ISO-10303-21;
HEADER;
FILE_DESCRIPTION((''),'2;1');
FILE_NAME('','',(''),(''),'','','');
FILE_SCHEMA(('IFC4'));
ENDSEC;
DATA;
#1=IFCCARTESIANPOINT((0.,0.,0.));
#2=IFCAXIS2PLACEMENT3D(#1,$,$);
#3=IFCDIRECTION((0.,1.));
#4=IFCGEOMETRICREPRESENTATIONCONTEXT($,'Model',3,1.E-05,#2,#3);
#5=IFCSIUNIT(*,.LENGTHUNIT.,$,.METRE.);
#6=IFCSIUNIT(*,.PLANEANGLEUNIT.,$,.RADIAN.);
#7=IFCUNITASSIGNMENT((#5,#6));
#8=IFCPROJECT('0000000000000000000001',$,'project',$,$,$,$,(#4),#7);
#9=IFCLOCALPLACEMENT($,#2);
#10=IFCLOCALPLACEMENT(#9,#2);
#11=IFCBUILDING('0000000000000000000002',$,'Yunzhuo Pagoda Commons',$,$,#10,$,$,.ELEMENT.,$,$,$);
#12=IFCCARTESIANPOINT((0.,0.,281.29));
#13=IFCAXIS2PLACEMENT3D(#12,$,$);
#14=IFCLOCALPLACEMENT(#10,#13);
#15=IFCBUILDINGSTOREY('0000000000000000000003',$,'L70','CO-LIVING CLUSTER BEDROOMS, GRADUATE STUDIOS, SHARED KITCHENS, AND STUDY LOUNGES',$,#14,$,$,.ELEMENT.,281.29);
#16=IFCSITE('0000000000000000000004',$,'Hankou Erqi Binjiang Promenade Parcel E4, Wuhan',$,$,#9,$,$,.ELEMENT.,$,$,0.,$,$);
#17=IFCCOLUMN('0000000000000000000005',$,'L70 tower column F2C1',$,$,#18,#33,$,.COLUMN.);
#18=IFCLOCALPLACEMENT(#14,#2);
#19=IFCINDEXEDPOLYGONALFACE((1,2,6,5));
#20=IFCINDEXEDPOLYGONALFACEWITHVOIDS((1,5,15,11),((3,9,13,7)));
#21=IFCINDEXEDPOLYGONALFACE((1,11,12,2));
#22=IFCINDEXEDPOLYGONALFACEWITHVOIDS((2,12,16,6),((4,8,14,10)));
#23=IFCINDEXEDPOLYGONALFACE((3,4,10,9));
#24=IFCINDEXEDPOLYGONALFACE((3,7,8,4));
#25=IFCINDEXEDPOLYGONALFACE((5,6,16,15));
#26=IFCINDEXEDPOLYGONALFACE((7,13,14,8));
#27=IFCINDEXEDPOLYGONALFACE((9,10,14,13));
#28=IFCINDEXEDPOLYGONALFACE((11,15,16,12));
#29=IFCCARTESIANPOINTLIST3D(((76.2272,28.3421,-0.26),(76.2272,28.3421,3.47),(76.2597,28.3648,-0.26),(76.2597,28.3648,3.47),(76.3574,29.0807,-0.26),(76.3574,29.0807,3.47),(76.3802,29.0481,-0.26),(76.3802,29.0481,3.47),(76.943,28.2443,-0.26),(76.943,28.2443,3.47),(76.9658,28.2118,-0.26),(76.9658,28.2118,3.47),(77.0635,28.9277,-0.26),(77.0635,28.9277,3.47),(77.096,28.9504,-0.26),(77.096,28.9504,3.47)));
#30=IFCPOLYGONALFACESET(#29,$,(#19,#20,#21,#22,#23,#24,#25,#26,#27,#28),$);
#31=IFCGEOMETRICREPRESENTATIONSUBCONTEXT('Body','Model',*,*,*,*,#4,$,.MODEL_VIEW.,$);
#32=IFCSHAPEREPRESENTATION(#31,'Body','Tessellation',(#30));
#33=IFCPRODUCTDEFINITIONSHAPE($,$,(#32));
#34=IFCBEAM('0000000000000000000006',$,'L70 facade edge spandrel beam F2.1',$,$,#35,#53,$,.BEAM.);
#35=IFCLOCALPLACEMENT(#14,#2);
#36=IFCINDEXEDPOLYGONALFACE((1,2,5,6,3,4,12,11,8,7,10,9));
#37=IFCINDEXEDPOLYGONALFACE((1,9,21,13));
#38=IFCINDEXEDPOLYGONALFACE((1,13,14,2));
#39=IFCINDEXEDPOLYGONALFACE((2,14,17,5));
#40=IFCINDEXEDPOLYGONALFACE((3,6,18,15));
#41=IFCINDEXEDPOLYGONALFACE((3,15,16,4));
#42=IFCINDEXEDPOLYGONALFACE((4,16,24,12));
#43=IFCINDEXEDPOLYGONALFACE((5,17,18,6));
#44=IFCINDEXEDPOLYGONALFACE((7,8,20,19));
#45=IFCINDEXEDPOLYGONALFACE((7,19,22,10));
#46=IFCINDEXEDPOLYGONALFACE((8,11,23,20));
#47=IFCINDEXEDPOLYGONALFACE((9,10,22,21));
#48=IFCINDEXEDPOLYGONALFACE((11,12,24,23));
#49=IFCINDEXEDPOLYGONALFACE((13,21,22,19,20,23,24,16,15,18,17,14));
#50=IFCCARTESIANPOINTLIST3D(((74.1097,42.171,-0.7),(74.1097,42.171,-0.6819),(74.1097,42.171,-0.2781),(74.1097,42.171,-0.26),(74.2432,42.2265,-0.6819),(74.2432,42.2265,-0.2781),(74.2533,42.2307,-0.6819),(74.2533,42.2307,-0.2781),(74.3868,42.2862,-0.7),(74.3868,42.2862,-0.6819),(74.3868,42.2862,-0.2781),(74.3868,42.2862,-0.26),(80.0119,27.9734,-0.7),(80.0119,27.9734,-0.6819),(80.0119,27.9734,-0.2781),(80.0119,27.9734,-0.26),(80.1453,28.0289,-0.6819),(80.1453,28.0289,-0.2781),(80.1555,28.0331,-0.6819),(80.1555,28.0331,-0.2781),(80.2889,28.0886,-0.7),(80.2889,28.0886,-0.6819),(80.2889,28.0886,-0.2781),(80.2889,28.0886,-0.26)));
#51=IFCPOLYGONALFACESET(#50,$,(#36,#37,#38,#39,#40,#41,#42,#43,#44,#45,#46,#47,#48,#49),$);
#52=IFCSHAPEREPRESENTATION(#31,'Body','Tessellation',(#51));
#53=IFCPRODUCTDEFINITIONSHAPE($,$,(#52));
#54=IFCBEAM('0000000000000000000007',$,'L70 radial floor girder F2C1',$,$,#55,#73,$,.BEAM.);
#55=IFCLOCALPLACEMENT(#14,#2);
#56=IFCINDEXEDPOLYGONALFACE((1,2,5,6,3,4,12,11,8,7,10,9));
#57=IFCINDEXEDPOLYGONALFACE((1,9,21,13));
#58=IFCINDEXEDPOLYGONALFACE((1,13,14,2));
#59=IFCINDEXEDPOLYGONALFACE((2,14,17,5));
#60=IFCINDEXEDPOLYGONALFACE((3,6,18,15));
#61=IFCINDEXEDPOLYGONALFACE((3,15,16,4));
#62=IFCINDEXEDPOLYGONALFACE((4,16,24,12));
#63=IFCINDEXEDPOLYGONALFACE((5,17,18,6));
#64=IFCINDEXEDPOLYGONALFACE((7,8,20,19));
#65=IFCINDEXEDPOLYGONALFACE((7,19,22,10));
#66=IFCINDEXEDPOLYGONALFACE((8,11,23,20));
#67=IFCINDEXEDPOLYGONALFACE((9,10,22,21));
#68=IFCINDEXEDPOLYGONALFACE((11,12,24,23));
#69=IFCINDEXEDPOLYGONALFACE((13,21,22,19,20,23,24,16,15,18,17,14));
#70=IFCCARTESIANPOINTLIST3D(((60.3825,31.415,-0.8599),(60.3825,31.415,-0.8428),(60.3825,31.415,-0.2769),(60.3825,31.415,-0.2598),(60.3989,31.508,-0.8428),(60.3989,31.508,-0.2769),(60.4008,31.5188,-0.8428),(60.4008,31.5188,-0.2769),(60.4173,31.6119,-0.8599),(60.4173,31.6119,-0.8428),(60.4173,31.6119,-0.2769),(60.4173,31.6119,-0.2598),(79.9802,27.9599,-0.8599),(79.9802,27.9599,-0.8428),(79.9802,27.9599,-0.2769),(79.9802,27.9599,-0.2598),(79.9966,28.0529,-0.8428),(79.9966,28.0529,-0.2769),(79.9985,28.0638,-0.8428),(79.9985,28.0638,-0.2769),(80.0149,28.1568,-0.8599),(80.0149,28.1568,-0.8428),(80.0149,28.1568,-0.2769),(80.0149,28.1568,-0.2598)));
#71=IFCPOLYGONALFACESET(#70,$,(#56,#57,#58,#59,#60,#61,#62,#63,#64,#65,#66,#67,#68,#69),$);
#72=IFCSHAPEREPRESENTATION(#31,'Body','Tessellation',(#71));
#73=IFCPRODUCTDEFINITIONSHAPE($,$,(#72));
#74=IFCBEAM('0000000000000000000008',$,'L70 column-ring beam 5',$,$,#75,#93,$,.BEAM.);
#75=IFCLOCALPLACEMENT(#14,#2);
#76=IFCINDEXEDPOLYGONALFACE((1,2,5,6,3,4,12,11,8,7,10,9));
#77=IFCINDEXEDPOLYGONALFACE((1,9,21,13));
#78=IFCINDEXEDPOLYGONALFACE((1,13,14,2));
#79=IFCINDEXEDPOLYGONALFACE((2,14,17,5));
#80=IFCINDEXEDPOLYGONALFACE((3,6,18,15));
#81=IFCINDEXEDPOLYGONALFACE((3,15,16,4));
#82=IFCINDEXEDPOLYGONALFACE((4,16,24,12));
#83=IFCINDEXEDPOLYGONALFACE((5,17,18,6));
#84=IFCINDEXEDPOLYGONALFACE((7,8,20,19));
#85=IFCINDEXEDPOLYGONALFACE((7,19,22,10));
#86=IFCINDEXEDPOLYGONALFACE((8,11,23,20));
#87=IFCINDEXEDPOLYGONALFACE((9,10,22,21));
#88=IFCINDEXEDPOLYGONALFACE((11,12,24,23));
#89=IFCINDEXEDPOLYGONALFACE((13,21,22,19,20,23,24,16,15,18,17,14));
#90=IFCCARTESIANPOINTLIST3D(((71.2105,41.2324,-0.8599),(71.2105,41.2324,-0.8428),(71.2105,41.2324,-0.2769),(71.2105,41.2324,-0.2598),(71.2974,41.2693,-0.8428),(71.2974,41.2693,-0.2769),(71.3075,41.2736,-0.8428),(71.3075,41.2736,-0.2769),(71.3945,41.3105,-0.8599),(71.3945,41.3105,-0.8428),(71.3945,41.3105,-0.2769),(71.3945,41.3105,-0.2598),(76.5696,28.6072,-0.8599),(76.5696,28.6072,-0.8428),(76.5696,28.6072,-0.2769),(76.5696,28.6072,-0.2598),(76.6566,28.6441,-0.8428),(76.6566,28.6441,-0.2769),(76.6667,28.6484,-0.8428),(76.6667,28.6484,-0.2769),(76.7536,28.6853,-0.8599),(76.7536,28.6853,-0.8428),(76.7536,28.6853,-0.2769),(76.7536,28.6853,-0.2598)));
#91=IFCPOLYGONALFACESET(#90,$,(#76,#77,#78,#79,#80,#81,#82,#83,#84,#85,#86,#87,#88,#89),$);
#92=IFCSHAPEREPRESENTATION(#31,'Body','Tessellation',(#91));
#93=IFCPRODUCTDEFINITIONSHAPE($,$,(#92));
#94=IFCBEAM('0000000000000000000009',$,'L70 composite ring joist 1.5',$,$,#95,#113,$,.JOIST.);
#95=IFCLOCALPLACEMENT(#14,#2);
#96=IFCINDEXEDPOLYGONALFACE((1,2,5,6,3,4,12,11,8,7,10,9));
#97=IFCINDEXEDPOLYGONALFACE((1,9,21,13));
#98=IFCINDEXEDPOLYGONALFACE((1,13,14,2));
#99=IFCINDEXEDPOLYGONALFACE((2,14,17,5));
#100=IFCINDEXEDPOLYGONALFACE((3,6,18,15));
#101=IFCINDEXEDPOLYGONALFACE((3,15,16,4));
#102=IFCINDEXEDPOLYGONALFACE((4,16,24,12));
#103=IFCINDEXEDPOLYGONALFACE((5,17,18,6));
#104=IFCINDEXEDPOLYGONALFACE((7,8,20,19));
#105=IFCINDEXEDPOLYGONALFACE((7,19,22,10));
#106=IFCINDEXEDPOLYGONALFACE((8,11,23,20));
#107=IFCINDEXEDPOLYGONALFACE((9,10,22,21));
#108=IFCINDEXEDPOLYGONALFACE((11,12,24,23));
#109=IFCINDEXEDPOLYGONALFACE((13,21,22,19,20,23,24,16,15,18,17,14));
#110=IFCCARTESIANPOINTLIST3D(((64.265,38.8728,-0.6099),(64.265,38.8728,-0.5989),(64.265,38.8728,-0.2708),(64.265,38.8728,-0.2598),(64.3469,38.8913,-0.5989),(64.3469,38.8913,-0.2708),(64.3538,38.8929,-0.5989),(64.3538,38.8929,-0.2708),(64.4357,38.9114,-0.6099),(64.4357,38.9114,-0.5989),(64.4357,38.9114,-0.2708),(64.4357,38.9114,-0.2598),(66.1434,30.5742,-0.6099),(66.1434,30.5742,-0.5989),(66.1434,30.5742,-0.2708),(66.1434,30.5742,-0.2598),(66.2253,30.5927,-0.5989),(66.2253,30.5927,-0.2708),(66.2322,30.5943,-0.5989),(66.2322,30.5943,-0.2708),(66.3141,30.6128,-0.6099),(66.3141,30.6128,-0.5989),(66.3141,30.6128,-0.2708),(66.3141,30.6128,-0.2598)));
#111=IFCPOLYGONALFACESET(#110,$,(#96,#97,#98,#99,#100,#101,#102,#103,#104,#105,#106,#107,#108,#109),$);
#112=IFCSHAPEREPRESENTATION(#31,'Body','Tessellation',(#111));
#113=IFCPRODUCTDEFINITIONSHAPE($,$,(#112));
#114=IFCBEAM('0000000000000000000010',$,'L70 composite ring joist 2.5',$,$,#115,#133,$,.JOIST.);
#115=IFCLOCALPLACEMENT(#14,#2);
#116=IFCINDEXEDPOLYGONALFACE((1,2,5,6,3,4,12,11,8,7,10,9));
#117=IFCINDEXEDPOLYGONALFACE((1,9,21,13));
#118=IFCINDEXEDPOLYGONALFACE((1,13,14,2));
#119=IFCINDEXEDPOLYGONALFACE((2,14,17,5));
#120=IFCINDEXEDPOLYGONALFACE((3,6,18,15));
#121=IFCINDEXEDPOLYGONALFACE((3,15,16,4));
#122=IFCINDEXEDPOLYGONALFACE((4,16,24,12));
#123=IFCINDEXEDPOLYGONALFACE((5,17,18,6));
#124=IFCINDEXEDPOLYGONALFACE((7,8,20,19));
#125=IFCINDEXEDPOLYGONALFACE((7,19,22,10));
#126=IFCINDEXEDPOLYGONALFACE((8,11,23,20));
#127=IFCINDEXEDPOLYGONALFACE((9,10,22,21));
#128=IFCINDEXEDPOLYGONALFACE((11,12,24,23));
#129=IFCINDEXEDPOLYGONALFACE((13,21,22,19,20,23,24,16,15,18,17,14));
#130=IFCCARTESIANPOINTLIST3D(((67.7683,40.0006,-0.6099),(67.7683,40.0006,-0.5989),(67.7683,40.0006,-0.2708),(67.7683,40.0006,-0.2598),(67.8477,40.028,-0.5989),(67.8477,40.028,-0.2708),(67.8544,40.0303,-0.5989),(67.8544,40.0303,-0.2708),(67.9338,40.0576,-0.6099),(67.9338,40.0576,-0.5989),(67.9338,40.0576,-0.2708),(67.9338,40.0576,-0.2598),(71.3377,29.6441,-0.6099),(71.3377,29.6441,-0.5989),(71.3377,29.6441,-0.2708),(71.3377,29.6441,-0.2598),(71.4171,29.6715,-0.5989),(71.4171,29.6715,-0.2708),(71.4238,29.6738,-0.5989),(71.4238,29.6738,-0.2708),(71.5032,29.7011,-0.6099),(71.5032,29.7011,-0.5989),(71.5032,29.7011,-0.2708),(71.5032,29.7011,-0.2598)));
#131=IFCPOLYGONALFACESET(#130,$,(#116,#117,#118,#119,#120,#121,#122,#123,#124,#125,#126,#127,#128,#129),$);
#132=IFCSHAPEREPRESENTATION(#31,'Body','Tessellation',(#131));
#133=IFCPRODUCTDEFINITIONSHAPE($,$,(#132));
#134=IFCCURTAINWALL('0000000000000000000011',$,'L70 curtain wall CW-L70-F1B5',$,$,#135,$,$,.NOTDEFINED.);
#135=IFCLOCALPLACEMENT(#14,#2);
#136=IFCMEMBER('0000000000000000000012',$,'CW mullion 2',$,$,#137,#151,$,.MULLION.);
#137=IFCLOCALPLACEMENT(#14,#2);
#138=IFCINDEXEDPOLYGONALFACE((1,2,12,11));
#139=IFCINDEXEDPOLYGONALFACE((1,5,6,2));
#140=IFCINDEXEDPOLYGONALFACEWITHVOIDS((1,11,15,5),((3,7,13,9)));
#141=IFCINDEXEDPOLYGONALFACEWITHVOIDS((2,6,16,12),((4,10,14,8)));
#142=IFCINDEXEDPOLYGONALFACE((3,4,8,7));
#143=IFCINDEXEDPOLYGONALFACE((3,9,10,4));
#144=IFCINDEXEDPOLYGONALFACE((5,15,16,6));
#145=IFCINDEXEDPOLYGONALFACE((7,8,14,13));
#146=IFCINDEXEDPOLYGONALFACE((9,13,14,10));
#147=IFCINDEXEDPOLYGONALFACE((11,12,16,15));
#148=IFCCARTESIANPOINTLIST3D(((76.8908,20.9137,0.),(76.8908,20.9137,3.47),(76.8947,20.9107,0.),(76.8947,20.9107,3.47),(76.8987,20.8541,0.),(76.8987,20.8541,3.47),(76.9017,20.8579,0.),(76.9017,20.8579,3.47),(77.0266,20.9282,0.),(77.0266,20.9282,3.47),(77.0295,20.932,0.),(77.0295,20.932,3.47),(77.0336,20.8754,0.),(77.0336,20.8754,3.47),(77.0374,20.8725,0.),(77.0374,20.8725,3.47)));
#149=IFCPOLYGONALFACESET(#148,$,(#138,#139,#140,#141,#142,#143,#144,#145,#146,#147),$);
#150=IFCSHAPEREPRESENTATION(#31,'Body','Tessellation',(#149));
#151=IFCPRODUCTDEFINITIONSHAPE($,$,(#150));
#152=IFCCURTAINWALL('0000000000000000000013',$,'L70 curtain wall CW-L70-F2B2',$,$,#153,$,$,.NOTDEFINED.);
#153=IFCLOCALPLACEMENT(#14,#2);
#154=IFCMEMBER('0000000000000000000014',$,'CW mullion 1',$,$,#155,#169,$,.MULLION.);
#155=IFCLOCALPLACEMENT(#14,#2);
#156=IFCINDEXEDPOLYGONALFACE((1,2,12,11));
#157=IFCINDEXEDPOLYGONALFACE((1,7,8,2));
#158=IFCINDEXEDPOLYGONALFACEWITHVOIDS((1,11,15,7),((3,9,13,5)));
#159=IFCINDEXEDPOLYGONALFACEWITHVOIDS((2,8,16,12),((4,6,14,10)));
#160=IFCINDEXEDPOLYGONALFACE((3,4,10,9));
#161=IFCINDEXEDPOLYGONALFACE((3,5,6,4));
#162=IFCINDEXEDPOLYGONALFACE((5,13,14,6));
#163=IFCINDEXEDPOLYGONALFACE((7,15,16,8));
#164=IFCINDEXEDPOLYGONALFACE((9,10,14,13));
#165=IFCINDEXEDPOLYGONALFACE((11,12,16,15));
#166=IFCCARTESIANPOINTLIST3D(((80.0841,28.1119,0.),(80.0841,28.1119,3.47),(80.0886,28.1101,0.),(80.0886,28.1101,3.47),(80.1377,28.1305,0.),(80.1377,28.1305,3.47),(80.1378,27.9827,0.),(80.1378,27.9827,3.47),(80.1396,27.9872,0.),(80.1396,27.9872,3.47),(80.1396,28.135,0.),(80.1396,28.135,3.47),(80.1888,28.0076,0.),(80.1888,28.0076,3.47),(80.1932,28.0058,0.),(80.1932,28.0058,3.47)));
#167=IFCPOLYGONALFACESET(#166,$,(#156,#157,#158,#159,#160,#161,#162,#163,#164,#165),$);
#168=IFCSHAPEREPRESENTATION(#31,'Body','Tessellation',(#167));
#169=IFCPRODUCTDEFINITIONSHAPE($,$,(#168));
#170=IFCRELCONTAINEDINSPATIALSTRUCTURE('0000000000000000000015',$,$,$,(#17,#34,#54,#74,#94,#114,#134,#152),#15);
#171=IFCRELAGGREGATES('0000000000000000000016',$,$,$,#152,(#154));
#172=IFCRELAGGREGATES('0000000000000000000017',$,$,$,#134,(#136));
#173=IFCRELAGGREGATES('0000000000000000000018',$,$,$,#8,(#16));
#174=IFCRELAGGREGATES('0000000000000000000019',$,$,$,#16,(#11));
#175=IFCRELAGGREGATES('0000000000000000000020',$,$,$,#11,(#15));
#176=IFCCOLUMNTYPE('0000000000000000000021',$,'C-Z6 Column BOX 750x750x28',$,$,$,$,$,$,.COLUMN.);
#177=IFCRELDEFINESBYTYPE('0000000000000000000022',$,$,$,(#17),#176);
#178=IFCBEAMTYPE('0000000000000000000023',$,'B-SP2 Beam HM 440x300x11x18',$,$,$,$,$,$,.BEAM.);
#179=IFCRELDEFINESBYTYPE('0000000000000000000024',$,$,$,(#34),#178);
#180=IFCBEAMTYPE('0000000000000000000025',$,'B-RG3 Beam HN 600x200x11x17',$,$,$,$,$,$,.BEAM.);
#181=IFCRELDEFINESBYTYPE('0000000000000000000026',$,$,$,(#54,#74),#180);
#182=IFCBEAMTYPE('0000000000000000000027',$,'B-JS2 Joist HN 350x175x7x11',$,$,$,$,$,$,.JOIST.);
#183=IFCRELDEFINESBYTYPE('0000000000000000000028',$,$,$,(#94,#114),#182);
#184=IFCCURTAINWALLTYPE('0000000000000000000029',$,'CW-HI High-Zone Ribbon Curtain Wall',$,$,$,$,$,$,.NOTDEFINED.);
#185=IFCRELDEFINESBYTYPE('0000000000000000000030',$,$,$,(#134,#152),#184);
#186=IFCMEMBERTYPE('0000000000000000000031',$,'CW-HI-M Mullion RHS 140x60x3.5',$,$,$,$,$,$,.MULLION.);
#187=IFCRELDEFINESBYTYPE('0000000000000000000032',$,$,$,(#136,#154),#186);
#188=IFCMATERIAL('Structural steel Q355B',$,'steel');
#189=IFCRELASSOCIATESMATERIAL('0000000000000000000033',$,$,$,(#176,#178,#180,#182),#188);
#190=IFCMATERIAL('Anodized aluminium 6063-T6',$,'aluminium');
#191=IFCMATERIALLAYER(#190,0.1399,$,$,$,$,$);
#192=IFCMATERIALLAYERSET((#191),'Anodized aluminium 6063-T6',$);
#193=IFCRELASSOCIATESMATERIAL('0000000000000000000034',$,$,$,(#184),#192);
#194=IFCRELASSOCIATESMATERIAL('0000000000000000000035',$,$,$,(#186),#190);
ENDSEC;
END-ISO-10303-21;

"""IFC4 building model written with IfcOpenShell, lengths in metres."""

from ifc_helpers import new_model, si_unit, direction, frame, origin, origin_2d, place, context, subcontext, project, spatial, hollow_rectangle, i_section, extrude, source, transform, mapped, material, layer, layer_set, material_profile, profile_set, type_object, element, aggregate, save


model = new_model("IFC4")

# Units and contexts
model_context = context("Model", 3, precision=1e-05, world=origin(), true_north=direction((0.0, 1.0)))
body_context = subcontext(model_context, "Body", "Model", "MODEL_VIEW")
ifc_project = project(units=[si_unit("LENGTHUNIT", "METRE"), si_unit("PLANEANGLEUNIT", "RADIAN")], contexts=[model_context])

# Site, building, storey
site_placement = place(None, origin())
site = spatial("IfcSite", under=ifc_project, at=site_placement, Name="Hankou Erqi Binjiang Promenade Parcel E4, Wuhan", CompositionType="ELEMENT", RefElevation=0.0)
building_placement = place(site_placement, origin())
building = spatial("IfcBuilding", under=site, at=building_placement, Name="Yunzhuo Pagoda Commons", CompositionType="ELEMENT")
storey_placement = place(building_placement, frame((0.0, 0.0, 281.29)))
storey = spatial("IfcBuildingStorey", under=building, at=storey_placement, Name="L70", Description="CO-LIVING CLUSTER BEDROOMS, GRADUATE STUDIOS, SHARED KITCHENS, AND STUDY LOUNGES", CompositionType="ELEMENT", Elevation=281.29)

# Column
ifc_material_1 = material(Name="Structural steel Q355B", Category="steel")
ifc_material_profile_1 = material_profile(ifc_material_1, hollow_rectangle(XDim=0.75, YDim=0.75, WallThickness=0.0281, at=origin_2d()), Name="Structural steel Q355B")
ifc_profile_set_1 = profile_set([ifc_material_profile_1], Name="Structural steel Q355B")
column_type = type_object("IfcColumnType", Name="C-Z6 Column BOX 750x750x28", PredefinedType="COLUMN", material=ifc_profile_set_1)
shared_shape_1 = source(origin(), body_context, "Body", "SweptSolid", [
    extrude(hollow_rectangle(XDim=0.75, YDim=0.75, WallThickness=0.0281, at=origin_2d()), origin(), (0.0, 0.0, 1.0), 3.73),
])
column_placement = place(storey_placement, frame((76.6616, 28.6462, -0.26), z_axis=(0.0, 0.0, 1.0), x_axis=(0.173648, 0.984808, 0.0)))
element("IfcColumn", 1, at=column_placement, inside=storey, type_object=column_type, Name="L70 tower column F2C1", PredefinedType="COLUMN", context=body_context, shape_type="MappedRepresentation", body=[
    mapped(shared_shape_1, transform((0.0, 0.0, 0.0), scale=1.0)),
])

# Beams
ifc_material_profile_2 = material_profile(ifc_material_1, i_section(OverallWidth=0.3, OverallDepth=0.4399, WebThickness=0.011, FlangeThickness=0.0181, at=origin_2d()), Name="Structural steel Q355B")
ifc_profile_set_2 = profile_set([ifc_material_profile_2], Name="Structural steel Q355B")
beam_type_1 = type_object("IfcBeamType", Name="B-SP2 Beam HM 440x300x11x18", PredefinedType="BEAM", material=ifc_profile_set_2)
shared_shape_2 = source(origin(), body_context, "Body", "SweptSolid", [
    extrude(i_section(OverallWidth=0.3, OverallDepth=0.4399, WebThickness=0.011, FlangeThickness=0.0181, at=origin_2d()), origin(), (0.0, 0.0, 1.0), 15.3755),
])
beam_1_placement = place(storey_placement, frame((80.1504, 28.031, -0.48), z_axis=(-0.383865, 0.923389, 0.0), x_axis=(-0.923389, -0.383865, 0.0)))
element("IfcBeam", 2, at=beam_1_placement, inside=storey, type_object=beam_type_1, Name="L70 facade edge spandrel beam F2.1", PredefinedType="BEAM", context=body_context, shape_type="MappedRepresentation", body=[
    mapped(shared_shape_2, transform((0.0, 0.0, 0.0), scale=1.0)),
])
ifc_material_profile_3 = material_profile(ifc_material_1, i_section(OverallWidth=0.2, OverallDepth=0.6001, WebThickness=0.011, FlangeThickness=0.0171, at=origin_2d()), Name="Structural steel Q355B")
ifc_profile_set_3 = profile_set([ifc_material_profile_3], Name="Structural steel Q355B")
beam_type_2 = type_object("IfcBeamType", Name="B-RG3 Beam HN 600x200x11x17", PredefinedType="BEAM", material=ifc_profile_set_3)
shared_shape_3 = source(origin(), body_context, "Body", "SweptSolid", [
    extrude(i_section(OverallWidth=0.2, OverallDepth=0.6001, WebThickness=0.011, FlangeThickness=0.0171, at=origin_2d()), origin(), (0.0, 0.0, 1.0), 19.8999),
])
beam_2_placement = place(storey_placement, frame((79.9976, 28.0583, -0.5598), z_axis=(-0.984812, 0.173623, 0.0), x_axis=(-0.173623, -0.984812, 0.0)))
element("IfcBeam", 3, at=beam_2_placement, inside=storey, type_object=beam_type_2, Name="L70 radial floor girder F2C1", PredefinedType="BEAM", context=body_context, shape_type="MappedRepresentation", body=[
    mapped(shared_shape_3, transform((0.0, 0.0, 0.0), scale=1.0)),
])
shared_shape_4 = source(origin(), body_context, "Body", "SweptSolid", [
    extrude(i_section(OverallWidth=0.2, OverallDepth=0.6001, WebThickness=0.011, FlangeThickness=0.0171, at=origin_2d()), origin(), (0.0, 0.0, 1.0), 13.7156),
])
beam_3_placement = place(storey_placement, frame((76.6616, 28.6462, -0.5598), z_axis=(-0.390733, 0.920504, 0.0), x_axis=(-0.920504, -0.390733, 0.0)))
element("IfcBeam", 4, at=beam_3_placement, inside=storey, type_object=beam_type_2, Name="L70 column-ring beam 5", PredefinedType="BEAM", context=body_context, shape_type="MappedRepresentation", body=[
    mapped(shared_shape_4, transform((0.0, 0.0, 0.0), scale=1.0)),
])
ifc_material_profile_4 = material_profile(ifc_material_1, i_section(OverallWidth=0.175, OverallDepth=0.3501, WebThickness=0.0071, FlangeThickness=0.011, at=origin_2d()), Name="Structural steel Q355B")
ifc_profile_set_4 = profile_set([ifc_material_profile_4], Name="Structural steel Q355B")
beam_type_3 = type_object("IfcBeamType", Name="B-JS2 Joist HN 350x175x7x11", PredefinedType="JOIST", material=ifc_profile_set_4)
shared_shape_5 = source(origin(), body_context, "Body", "SweptSolid", [
    extrude(i_section(OverallWidth=0.175, OverallDepth=0.3501, WebThickness=0.0071, FlangeThickness=0.011, at=origin_2d()), origin(), (0.0, 0.0, 1.0), 8.5085),
])
beam_4_placement = place(storey_placement, frame((66.2288, 30.5935, -0.4348), z_axis=(-0.220769, 0.975326, 0.0), x_axis=(-0.975326, -0.220769, 0.0)))
element("IfcBeam", 5, at=beam_4_placement, inside=storey, type_object=beam_type_3, Name="L70 composite ring joist 1.5", PredefinedType="JOIST", context=body_context, shape_type="MappedRepresentation", body=[
    mapped(shared_shape_5, transform((0.0, 0.0, 0.0), scale=1.0)),
])
shared_shape_6 = source(origin(), body_context, "Body", "SweptSolid", [
    extrude(i_section(OverallWidth=0.175, OverallDepth=0.3501, WebThickness=0.0071, FlangeThickness=0.011, at=origin_2d()), origin(), (0.0, 0.0, 1.0), 10.9543),
])
beam_5_placement = place(storey_placement, frame((71.4204, 29.6726, -0.4348), z_axis=(-0.32584, 0.945425, 0.0), x_axis=(-0.945425, -0.32584, 0.0)))
element("IfcBeam", 6, at=beam_5_placement, inside=storey, type_object=beam_type_3, Name="L70 composite ring joist 2.5", PredefinedType="JOIST", context=body_context, shape_type="MappedRepresentation", body=[
    mapped(shared_shape_6, transform((0.0, 0.0, 0.0), scale=1.0)),
])

# Curtain walls, members
ifc_material_2 = material(Name="Anodized aluminium 6063-T6", Category="aluminium")
ifc_layer_1 = layer(ifc_material_2, 0.1399)
ifc_layer_set_1 = layer_set([ifc_layer_1], Name="Anodized aluminium 6063-T6")
curtain_wall_type = type_object("IfcCurtainWallType", Name="CW-HI High-Zone Ribbon Curtain Wall", PredefinedType="NOTDEFINED", material=ifc_layer_set_1)
curtain_wall_1_placement = place(storey_placement, origin())
curtain_wall_1 = element("IfcCurtainWall", 7, at=curtain_wall_1_placement, inside=storey, type_object=curtain_wall_type, Name="L70 curtain wall CW-L70-F1B5", PredefinedType="NOTDEFINED")
ifc_material_profile_5 = material_profile(ifc_material_2, hollow_rectangle(XDim=0.0601, YDim=0.1399, WallThickness=0.0034, at=origin_2d()), Name="Anodized aluminium 6063-T6")
ifc_profile_set_5 = profile_set([ifc_material_profile_5], Name="Anodized aluminium 6063-T6")
member_type_1 = type_object("IfcMemberType", Name="CW-HI-M Mullion RHS 140x60x3.5", PredefinedType="MULLION", material=ifc_profile_set_5)
shared_shape_7 = source(origin(), body_context, "Body", "SweptSolid", [
    extrude(hollow_rectangle(XDim=0.0601, YDim=0.1399, WallThickness=0.0034, at=origin_2d()), origin(), (0.0, 0.0, 1.0), 3.47),
])
member_1_placement = place(storey_placement, frame((76.9641, 20.8931, 0.0), z_axis=(0.0, 0.0, 1.0), x_axis=(-0.131311, 0.991341, 0.0)))
member_1 = element("IfcMember", 8, at=member_1_placement, type_object=member_type_1, Name="CW mullion 2", PredefinedType="MULLION", context=body_context, shape_type="MappedRepresentation", body=[
    mapped(shared_shape_7, transform((0.0, 0.0, 0.0), scale=1.0)),
])
curtain_wall_2_placement = place(storey_placement, origin())
curtain_wall_2 = element("IfcCurtainWall", 9, at=curtain_wall_2_placement, inside=storey, type_object=curtain_wall_type, Name="L70 curtain wall CW-L70-F2B2", PredefinedType="NOTDEFINED")
member_2_placement = place(storey_placement, frame((80.1387, 28.0588, 0.0), z_axis=(0.0, 0.0, 1.0), x_axis=(-0.923394, -0.383855, 0.0)))
member_2 = element("IfcMember", 10, at=member_2_placement, type_object=member_type_1, Name="CW mullion 1", PredefinedType="MULLION", context=body_context, shape_type="MappedRepresentation", body=[
    mapped(shared_shape_7, transform((0.0, 0.0, 0.0), scale=1.0)),
])

aggregate(curtain_wall_2, [member_2])
aggregate(curtain_wall_1, [member_1])

save(model, "model.ifc")
